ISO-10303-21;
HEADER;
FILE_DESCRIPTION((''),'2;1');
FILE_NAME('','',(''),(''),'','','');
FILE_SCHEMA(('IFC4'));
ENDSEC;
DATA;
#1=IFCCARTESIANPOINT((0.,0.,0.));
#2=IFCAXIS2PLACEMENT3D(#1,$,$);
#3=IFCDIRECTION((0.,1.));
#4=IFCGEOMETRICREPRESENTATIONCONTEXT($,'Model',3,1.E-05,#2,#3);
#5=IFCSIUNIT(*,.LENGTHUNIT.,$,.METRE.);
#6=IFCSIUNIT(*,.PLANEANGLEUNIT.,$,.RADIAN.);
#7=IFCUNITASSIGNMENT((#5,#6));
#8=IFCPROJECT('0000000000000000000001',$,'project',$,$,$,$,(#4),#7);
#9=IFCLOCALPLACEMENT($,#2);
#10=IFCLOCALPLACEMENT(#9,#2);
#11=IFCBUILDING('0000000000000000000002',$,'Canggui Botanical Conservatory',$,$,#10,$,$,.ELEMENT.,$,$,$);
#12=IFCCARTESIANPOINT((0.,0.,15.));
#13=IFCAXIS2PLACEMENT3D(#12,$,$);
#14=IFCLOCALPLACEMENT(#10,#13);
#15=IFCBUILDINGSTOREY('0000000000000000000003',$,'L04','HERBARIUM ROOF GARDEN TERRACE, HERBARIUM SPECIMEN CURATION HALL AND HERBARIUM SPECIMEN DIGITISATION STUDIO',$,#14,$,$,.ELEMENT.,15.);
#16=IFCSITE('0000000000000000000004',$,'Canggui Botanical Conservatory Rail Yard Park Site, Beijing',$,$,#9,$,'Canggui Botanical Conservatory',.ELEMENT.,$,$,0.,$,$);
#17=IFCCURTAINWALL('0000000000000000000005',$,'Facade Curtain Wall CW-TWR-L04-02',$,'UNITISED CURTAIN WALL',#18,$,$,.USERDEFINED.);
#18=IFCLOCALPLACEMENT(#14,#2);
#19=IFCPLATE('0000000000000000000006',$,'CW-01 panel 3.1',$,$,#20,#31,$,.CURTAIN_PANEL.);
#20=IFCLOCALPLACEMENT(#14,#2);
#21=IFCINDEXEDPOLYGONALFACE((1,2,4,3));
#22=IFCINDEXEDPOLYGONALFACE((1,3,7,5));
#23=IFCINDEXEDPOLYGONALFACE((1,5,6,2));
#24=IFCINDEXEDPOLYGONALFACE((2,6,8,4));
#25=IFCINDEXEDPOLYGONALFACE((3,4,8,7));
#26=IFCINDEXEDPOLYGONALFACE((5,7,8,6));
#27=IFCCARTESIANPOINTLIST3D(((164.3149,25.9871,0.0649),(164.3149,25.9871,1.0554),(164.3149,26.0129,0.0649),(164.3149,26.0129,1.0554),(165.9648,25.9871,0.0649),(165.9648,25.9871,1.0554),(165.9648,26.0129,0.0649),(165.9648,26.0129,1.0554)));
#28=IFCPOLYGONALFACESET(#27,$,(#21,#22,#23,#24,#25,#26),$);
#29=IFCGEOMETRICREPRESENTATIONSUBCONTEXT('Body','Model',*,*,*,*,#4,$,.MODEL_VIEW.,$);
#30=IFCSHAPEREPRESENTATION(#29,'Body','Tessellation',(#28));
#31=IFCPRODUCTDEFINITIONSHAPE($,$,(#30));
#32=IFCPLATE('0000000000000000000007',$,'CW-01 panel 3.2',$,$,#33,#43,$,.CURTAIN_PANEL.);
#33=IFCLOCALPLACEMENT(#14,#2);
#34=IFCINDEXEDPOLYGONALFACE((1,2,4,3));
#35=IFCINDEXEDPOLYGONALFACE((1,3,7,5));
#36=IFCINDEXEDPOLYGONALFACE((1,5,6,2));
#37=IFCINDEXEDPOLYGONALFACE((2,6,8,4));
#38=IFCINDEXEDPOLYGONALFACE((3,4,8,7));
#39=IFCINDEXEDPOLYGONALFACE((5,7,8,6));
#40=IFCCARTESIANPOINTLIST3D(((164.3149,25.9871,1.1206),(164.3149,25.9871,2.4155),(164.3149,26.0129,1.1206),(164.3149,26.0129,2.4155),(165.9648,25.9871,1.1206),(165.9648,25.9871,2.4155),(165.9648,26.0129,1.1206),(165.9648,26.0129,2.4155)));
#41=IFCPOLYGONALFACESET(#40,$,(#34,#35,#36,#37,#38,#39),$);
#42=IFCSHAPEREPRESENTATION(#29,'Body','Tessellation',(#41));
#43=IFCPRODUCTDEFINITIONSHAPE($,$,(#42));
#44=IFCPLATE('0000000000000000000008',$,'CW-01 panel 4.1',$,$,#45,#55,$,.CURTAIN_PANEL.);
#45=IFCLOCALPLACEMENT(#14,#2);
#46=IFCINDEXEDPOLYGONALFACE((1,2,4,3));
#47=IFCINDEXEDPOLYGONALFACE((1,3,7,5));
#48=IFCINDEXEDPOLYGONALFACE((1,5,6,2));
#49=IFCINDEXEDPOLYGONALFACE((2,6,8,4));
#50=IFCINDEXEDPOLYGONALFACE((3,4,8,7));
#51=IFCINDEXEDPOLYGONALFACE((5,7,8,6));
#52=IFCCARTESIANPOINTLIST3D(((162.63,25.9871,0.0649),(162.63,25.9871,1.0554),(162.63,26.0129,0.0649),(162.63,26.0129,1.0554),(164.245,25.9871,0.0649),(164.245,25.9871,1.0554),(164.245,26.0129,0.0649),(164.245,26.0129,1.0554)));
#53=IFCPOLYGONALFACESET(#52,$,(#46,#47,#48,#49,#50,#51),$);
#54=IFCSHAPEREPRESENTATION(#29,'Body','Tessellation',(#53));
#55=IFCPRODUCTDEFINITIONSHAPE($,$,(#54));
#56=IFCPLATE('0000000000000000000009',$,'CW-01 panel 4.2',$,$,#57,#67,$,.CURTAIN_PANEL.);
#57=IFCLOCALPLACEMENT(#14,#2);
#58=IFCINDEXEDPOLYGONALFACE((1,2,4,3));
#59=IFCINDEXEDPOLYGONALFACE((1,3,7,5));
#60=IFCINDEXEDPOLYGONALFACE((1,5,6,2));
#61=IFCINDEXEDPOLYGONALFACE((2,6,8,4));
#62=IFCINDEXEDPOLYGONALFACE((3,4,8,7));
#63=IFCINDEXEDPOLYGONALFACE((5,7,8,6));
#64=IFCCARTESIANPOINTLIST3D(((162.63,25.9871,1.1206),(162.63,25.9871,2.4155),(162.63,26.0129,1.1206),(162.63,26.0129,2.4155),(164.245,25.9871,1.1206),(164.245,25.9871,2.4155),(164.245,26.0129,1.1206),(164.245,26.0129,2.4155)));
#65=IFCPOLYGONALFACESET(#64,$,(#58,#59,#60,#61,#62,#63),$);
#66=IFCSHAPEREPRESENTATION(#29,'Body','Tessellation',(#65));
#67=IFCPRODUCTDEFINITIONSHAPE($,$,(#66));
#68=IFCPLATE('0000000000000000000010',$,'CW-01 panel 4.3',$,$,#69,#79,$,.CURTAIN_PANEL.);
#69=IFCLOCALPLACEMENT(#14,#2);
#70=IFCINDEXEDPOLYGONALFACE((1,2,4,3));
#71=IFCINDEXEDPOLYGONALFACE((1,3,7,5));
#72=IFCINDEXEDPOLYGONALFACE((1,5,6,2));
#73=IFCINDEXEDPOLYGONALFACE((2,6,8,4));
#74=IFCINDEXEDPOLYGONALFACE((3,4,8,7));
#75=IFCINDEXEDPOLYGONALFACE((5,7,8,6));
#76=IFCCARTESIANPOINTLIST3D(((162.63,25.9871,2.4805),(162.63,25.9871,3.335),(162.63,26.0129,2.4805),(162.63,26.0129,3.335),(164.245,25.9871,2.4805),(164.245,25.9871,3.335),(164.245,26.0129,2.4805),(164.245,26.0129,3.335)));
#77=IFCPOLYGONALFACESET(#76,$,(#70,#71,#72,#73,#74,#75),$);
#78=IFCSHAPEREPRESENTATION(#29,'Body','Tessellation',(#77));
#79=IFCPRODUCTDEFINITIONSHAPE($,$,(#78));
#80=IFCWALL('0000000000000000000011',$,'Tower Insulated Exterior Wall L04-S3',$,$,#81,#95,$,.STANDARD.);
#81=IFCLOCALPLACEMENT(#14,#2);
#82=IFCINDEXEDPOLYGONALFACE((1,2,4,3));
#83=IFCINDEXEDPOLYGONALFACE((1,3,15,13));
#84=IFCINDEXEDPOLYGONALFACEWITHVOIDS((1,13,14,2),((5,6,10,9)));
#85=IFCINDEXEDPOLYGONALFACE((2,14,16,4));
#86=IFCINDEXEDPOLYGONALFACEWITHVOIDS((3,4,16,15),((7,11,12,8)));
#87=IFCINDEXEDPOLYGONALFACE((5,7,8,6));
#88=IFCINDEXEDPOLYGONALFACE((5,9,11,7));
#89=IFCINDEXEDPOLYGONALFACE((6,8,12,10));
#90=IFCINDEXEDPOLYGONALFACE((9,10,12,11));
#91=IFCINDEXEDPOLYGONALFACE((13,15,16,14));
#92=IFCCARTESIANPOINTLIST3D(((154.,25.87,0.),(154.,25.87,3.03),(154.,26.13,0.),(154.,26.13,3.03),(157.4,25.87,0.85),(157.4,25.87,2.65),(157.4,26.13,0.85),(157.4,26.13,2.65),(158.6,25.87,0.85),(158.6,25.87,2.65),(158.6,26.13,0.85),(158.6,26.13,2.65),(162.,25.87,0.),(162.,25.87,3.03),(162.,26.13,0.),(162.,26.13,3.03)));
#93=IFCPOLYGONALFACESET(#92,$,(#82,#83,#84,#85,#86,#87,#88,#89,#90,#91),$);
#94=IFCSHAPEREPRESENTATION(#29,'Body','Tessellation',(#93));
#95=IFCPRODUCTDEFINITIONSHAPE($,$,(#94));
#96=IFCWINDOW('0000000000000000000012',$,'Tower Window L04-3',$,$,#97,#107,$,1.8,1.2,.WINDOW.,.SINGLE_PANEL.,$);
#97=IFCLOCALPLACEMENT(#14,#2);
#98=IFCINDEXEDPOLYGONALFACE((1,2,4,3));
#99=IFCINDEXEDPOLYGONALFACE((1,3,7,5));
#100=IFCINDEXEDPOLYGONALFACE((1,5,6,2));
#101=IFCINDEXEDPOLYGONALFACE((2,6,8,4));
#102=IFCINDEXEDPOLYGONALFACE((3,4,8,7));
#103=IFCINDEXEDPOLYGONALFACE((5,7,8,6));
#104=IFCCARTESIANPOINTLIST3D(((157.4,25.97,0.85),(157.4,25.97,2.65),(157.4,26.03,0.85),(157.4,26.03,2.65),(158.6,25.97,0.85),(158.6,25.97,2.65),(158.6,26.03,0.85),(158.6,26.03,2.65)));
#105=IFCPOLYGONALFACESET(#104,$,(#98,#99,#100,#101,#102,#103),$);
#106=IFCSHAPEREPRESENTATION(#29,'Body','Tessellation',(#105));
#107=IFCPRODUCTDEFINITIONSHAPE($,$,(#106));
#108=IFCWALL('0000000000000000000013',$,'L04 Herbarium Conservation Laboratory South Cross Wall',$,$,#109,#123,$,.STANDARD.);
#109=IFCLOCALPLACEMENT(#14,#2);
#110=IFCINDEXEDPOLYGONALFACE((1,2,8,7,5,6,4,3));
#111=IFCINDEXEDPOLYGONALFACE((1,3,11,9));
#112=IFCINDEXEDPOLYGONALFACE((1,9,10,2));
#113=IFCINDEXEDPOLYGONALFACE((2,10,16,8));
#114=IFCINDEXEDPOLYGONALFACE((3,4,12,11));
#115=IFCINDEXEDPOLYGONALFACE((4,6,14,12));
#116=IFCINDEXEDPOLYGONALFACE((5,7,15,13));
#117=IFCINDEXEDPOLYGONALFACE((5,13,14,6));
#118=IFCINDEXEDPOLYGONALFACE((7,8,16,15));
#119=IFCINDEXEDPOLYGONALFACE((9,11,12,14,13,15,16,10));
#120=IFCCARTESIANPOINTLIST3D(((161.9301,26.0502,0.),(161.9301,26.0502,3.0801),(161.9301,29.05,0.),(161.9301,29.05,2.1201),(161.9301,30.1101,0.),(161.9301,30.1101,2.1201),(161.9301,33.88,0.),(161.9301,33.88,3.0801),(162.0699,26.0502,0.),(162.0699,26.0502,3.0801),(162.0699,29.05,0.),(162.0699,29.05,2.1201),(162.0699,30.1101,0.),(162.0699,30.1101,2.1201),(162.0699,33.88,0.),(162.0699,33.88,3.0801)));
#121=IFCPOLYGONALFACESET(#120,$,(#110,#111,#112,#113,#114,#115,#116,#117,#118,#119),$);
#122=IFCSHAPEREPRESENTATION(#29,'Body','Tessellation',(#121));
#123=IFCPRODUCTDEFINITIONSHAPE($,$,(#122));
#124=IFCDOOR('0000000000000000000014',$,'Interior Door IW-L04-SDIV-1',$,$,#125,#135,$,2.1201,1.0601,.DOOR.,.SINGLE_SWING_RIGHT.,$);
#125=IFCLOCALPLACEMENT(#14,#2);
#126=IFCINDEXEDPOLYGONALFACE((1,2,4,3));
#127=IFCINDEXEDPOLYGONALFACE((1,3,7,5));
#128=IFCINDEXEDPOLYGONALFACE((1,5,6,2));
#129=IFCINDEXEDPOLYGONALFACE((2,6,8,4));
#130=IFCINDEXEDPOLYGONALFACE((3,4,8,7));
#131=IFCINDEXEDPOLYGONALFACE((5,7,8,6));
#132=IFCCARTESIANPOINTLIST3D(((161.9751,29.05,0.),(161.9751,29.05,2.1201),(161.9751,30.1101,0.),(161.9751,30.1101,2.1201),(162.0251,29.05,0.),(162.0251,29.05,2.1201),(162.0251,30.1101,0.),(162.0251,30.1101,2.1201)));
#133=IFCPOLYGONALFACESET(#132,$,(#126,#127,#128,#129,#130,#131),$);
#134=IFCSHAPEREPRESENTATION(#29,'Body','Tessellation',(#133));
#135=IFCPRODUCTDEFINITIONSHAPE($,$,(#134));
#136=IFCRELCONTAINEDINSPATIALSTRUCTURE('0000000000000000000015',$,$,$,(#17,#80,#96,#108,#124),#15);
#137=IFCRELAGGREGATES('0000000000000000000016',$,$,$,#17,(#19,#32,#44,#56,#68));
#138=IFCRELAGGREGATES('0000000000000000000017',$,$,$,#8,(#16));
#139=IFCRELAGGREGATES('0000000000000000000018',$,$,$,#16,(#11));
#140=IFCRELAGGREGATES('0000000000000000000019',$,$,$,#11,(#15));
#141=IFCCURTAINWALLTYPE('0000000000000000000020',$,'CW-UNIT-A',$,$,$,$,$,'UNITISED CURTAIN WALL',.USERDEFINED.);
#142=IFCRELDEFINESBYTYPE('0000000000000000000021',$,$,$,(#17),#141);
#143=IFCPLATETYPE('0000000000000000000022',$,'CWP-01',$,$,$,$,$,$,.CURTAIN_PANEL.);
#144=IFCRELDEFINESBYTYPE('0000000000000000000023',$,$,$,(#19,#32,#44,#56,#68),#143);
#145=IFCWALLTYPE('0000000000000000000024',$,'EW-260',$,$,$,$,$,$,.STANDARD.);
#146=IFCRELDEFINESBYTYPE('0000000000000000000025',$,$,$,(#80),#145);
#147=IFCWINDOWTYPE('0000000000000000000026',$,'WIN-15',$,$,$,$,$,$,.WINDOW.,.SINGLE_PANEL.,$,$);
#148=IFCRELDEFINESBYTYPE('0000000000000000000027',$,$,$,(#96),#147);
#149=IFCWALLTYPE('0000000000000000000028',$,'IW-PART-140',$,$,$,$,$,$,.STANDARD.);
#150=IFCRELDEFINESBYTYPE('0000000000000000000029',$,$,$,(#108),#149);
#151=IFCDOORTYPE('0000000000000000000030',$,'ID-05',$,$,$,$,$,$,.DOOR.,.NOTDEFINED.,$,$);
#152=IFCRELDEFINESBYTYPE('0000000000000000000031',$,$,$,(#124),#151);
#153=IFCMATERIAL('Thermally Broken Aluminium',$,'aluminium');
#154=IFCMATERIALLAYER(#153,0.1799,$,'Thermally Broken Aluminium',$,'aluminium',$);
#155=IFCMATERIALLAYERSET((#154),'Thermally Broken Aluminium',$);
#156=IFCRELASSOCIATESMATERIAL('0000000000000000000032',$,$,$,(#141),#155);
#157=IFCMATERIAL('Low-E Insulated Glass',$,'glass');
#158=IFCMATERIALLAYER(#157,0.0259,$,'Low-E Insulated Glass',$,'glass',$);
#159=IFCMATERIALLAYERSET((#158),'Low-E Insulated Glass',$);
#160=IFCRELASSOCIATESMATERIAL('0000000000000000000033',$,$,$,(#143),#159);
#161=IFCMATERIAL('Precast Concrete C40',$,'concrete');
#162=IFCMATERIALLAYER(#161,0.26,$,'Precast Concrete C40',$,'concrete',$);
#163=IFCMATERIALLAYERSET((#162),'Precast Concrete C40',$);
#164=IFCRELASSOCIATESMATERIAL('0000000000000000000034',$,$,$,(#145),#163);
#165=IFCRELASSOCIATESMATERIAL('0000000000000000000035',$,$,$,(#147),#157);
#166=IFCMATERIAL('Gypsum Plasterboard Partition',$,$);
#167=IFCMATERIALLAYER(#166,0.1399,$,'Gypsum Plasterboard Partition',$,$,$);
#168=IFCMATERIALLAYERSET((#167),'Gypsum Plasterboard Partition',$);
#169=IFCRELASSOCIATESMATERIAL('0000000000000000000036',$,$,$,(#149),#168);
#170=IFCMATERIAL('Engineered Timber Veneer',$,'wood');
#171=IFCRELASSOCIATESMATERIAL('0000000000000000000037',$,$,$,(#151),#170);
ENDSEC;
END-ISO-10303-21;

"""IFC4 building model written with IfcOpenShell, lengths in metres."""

from ifc_helpers import new_model, si_unit, direction, frame, frame_2d, origin, origin_2d, place, context, subcontext, project, spatial, rectangle, extrude, material, layer, layer_set, type_object, element, fill, aggregate, save


model = new_model("IFC4")

# Units and contexts
model_context = context("Model", 3, precision=1e-05, world=origin(), true_north=direction((0.0, 1.0)))
body_context = subcontext(model_context, "Body", "Model", "MODEL_VIEW")
ifc_project = project(units=[si_unit("LENGTHUNIT", "METRE"), si_unit("PLANEANGLEUNIT", "RADIAN")], contexts=[model_context])

# Site, building, storey
site_placement = place(None, origin())
site = spatial("IfcSite", under=ifc_project, at=site_placement, Name="Canggui Botanical Conservatory Rail Yard Park Site, Beijing", LongName="Canggui Botanical Conservatory", CompositionType="ELEMENT", RefElevation=0.0)
building_placement = place(site_placement, origin())
building = spatial("IfcBuilding", under=site, at=building_placement, Name="Canggui Botanical Conservatory", CompositionType="ELEMENT")
storey_placement = place(building_placement, frame((0.0, 0.0, 15.0)))
storey = spatial("IfcBuildingStorey", under=building, at=storey_placement, Name="L04", Description="HERBARIUM ROOF GARDEN TERRACE, HERBARIUM SPECIMEN CURATION HALL AND HERBARIUM SPECIMEN DIGITISATION STUDIO", CompositionType="ELEMENT", Elevation=15.0)

# Curtain wall, plates
ifc_material_1 = material(Name="Thermally Broken Aluminium", Category="aluminium")
ifc_layer_1 = layer(ifc_material_1, 0.1799, Name="Thermally Broken Aluminium", Category="aluminium")
ifc_layer_set_1 = layer_set([ifc_layer_1], Name="Thermally Broken Aluminium")
curtain_wall_type = type_object("IfcCurtainWallType", Name="CW-UNIT-A", ElementType="UNITISED CURTAIN WALL", PredefinedType="USERDEFINED", material=ifc_layer_set_1)
curtain_wall_placement = place(storey_placement, origin())
curtain_wall = element("IfcCurtainWall", 1, at=curtain_wall_placement, inside=storey, type_object=curtain_wall_type, Name="Facade Curtain Wall CW-TWR-L04-02", ObjectType="UNITISED CURTAIN WALL", PredefinedType="USERDEFINED")
ifc_material_2 = material(Name="Low-E Insulated Glass", Category="glass")
ifc_layer_2 = layer(ifc_material_2, 0.0259, Name="Low-E Insulated Glass", Category="glass")
ifc_layer_set_2 = layer_set([ifc_layer_2], Name="Low-E Insulated Glass")
plate_type = type_object("IfcPlateType", Name="CWP-01", PredefinedType="CURTAIN_PANEL", material=ifc_layer_set_2)
plate_1_placement = place(storey_placement, frame((165.1399, 26.0, 0.0649), z_axis=(0.0, 0.0, 1.0), x_axis=(-1.0, 0.0, 0.0)))
plate_1 = element("IfcPlate", 2, at=plate_1_placement, type_object=plate_type, Name="CW-01 panel 3.1", PredefinedType="CURTAIN_PANEL", context=body_context, shape_type="SweptSolid", body=[
    extrude(rectangle(XDim=1.6499, YDim=0.0259, at=origin_2d()), origin(), (0.0, 0.0, 1.0), 0.9905),
])
plate_2_placement = place(storey_placement, frame((165.1399, 26.0, 1.1206), z_axis=(0.0, 0.0, 1.0), x_axis=(-1.0, 0.0, 0.0)))
plate_2 = element("IfcPlate", 3, at=plate_2_placement, type_object=plate_type, Name="CW-01 panel 3.2", PredefinedType="CURTAIN_PANEL", context=body_context, shape_type="SweptSolid", body=[
    extrude(rectangle(XDim=1.6499, YDim=0.0259, at=origin_2d()), origin(), (0.0, 0.0, 1.0), 1.2949),
])
plate_3_placement = place(storey_placement, frame((163.4375, 26.0, 0.0649), z_axis=(0.0, 0.0, 1.0), x_axis=(-1.0, 0.0, 0.0)))
plate_3 = element("IfcPlate", 4, at=plate_3_placement, type_object=plate_type, Name="CW-01 panel 4.1", PredefinedType="CURTAIN_PANEL", context=body_context, shape_type="SweptSolid", body=[
    extrude(rectangle(XDim=1.615, YDim=0.0259, at=origin_2d()), origin(), (0.0, 0.0, 1.0), 0.9905),
])
plate_4_placement = place(storey_placement, frame((163.4375, 26.0, 1.1206), z_axis=(0.0, 0.0, 1.0), x_axis=(-1.0, 0.0, 0.0)))
plate_4 = element("IfcPlate", 5, at=plate_4_placement, type_object=plate_type, Name="CW-01 panel 4.2", PredefinedType="CURTAIN_PANEL", context=body_context, shape_type="SweptSolid", body=[
    extrude(rectangle(XDim=1.615, YDim=0.0259, at=origin_2d()), origin(), (0.0, 0.0, 1.0), 1.2949),
])
plate_5_placement = place(storey_placement, frame((163.4375, 26.0, 2.4805), z_axis=(0.0, 0.0, 1.0), x_axis=(-1.0, 0.0, 0.0)))
plate_5 = element("IfcPlate", 6, at=plate_5_placement, type_object=plate_type, Name="CW-01 panel 4.3", PredefinedType="CURTAIN_PANEL", context=body_context, shape_type="SweptSolid", body=[
    extrude(rectangle(XDim=1.615, YDim=0.0259, at=origin_2d()), origin(), (0.0, 0.0, 1.0), 0.8545),
])
aggregate(curtain_wall, [plate_1, plate_2, plate_3, plate_4, plate_5])

# Wall, opening, window
ifc_material_3 = material(Name="Precast Concrete C40", Category="concrete")
ifc_layer_3 = layer(ifc_material_3, 0.26, Name="Precast Concrete C40", Category="concrete")
ifc_layer_set_3 = layer_set([ifc_layer_3], Name="Precast Concrete C40")
wall_type_1 = type_object("IfcWallType", Name="EW-260", PredefinedType="STANDARD", material=ifc_layer_set_3)
wall_1_placement = place(storey_placement, frame((162.0, 26.0, 0.0), z_axis=(0.0, 0.0, 1.0), x_axis=(-1.0, 0.0, 0.0)))
wall_1 = element("IfcWall", 7, at=wall_1_placement, inside=storey, type_object=wall_type_1, Name="Tower Insulated Exterior Wall L04-S3", PredefinedType="STANDARD", context=body_context, shape_type="SweptSolid", body=[
    extrude(rectangle(XDim=8.0, YDim=0.26, at=frame_2d((4.0, 0.0))), origin(), (0.0, 0.0, 1.0), 3.03),
])
opening_1_placement = place(wall_1_placement, frame((3.3999, 0.0, 0.8501)))
opening_1 = element("IfcOpeningElement", 8, at=opening_1_placement, cuts=wall_1, PredefinedType="OPENING", context=body_context, shape_type="SweptSolid", body=[
    extrude(rectangle(XDim=1.2, YDim=1.8, at=frame_2d((0.6001, 0.8999))), frame((0.0, 0.1401, 0.0), z_axis=(0.0, -1.0, 0.0), x_axis=(1.0, 0.0, 0.0)), (0.0, 0.0, 1.0), 0.28),
])
window_type = type_object("IfcWindowType", Name="WIN-15", PartitioningType="SINGLE_PANEL", PredefinedType="WINDOW", material=ifc_material_2)
window_placement = place(opening_1_placement, origin())
window = element("IfcWindow", 9, at=window_placement, inside=storey, type_object=window_type, Name="Tower Window L04-3", OverallHeight=1.8, OverallWidth=1.2, PartitioningType="SINGLE_PANEL", PredefinedType="WINDOW", context=body_context, shape_type="SweptSolid", body=[
    extrude(rectangle(XDim=1.2, YDim=1.8, at=frame_2d((0.6001, 0.8999))), frame((0.0, 0.03, 0.0), z_axis=(0.0, -1.0, 0.0), x_axis=(1.0, 0.0, 0.0)), (0.0, 0.0, 1.0), 0.0601),
])
fill(opening_1, window)

# Wall, opening, door
ifc_material_4 = material(Name="Gypsum Plasterboard Partition")
ifc_layer_4 = layer(ifc_material_4, 0.1399, Name="Gypsum Plasterboard Partition")
ifc_layer_set_4 = layer_set([ifc_layer_4], Name="Gypsum Plasterboard Partition")
wall_type_2 = type_object("IfcWallType", Name="IW-PART-140", PredefinedType="STANDARD", material=ifc_layer_set_4)
wall_2_placement = place(storey_placement, frame((162.0, 26.05, 0.0), z_axis=(0.0, 0.0, 1.0), x_axis=(0.0, 1.0, 0.0)))
wall_2 = element("IfcWall", 10, at=wall_2_placement, inside=storey, type_object=wall_type_2, Name="L04 Herbarium Conservation Laboratory South Cross Wall", PredefinedType="STANDARD", context=body_context, shape_type="SweptSolid", body=[
    extrude(rectangle(XDim=7.8298, YDim=0.1399, at=frame_2d((3.915, 0.0))), origin(), (0.0, 0.0, 1.0), 3.0801),
])
opening_2_placement = place(wall_2_placement, frame((3.0, 0.0, 0.0)))
opening_2 = element("IfcOpeningElement", 11, at=opening_2_placement, cuts=wall_2, PredefinedType="OPENING", context=body_context, shape_type="SweptSolid", body=[
    extrude(rectangle(XDim=1.0601, YDim=2.1201, at=frame_2d((0.53, 1.0601))), frame((0.0, 0.0801, 0.0), z_axis=(0.0, -1.0, 0.0), x_axis=(1.0, 0.0, 0.0)), (0.0, 0.0, 1.0), 0.1599),
])
ifc_material_5 = material(Name="Engineered Timber Veneer", Category="wood")
door_type = type_object("IfcDoorType", Name="ID-05", OperationType="NOTDEFINED", PredefinedType="DOOR", material=ifc_material_5)
door_placement = place(opening_2_placement, origin())
door = element("IfcDoor", 12, at=door_placement, inside=storey, type_object=door_type, Name="Interior Door IW-L04-SDIV-1", OperationType="SINGLE_SWING_RIGHT", OverallHeight=2.1201, OverallWidth=1.0601, PredefinedType="DOOR", context=body_context, shape_type="SweptSolid", body=[
    extrude(rectangle(XDim=1.0601, YDim=2.1201, at=frame_2d((0.53, 1.0601))), frame((0.0, 0.0249, 0.0), z_axis=(0.0, -1.0, 0.0), x_axis=(1.0, 0.0, 0.0)), (0.0, 0.0, 1.0), 0.05),
])
fill(opening_2, door)

save(model, "model.ifc")
